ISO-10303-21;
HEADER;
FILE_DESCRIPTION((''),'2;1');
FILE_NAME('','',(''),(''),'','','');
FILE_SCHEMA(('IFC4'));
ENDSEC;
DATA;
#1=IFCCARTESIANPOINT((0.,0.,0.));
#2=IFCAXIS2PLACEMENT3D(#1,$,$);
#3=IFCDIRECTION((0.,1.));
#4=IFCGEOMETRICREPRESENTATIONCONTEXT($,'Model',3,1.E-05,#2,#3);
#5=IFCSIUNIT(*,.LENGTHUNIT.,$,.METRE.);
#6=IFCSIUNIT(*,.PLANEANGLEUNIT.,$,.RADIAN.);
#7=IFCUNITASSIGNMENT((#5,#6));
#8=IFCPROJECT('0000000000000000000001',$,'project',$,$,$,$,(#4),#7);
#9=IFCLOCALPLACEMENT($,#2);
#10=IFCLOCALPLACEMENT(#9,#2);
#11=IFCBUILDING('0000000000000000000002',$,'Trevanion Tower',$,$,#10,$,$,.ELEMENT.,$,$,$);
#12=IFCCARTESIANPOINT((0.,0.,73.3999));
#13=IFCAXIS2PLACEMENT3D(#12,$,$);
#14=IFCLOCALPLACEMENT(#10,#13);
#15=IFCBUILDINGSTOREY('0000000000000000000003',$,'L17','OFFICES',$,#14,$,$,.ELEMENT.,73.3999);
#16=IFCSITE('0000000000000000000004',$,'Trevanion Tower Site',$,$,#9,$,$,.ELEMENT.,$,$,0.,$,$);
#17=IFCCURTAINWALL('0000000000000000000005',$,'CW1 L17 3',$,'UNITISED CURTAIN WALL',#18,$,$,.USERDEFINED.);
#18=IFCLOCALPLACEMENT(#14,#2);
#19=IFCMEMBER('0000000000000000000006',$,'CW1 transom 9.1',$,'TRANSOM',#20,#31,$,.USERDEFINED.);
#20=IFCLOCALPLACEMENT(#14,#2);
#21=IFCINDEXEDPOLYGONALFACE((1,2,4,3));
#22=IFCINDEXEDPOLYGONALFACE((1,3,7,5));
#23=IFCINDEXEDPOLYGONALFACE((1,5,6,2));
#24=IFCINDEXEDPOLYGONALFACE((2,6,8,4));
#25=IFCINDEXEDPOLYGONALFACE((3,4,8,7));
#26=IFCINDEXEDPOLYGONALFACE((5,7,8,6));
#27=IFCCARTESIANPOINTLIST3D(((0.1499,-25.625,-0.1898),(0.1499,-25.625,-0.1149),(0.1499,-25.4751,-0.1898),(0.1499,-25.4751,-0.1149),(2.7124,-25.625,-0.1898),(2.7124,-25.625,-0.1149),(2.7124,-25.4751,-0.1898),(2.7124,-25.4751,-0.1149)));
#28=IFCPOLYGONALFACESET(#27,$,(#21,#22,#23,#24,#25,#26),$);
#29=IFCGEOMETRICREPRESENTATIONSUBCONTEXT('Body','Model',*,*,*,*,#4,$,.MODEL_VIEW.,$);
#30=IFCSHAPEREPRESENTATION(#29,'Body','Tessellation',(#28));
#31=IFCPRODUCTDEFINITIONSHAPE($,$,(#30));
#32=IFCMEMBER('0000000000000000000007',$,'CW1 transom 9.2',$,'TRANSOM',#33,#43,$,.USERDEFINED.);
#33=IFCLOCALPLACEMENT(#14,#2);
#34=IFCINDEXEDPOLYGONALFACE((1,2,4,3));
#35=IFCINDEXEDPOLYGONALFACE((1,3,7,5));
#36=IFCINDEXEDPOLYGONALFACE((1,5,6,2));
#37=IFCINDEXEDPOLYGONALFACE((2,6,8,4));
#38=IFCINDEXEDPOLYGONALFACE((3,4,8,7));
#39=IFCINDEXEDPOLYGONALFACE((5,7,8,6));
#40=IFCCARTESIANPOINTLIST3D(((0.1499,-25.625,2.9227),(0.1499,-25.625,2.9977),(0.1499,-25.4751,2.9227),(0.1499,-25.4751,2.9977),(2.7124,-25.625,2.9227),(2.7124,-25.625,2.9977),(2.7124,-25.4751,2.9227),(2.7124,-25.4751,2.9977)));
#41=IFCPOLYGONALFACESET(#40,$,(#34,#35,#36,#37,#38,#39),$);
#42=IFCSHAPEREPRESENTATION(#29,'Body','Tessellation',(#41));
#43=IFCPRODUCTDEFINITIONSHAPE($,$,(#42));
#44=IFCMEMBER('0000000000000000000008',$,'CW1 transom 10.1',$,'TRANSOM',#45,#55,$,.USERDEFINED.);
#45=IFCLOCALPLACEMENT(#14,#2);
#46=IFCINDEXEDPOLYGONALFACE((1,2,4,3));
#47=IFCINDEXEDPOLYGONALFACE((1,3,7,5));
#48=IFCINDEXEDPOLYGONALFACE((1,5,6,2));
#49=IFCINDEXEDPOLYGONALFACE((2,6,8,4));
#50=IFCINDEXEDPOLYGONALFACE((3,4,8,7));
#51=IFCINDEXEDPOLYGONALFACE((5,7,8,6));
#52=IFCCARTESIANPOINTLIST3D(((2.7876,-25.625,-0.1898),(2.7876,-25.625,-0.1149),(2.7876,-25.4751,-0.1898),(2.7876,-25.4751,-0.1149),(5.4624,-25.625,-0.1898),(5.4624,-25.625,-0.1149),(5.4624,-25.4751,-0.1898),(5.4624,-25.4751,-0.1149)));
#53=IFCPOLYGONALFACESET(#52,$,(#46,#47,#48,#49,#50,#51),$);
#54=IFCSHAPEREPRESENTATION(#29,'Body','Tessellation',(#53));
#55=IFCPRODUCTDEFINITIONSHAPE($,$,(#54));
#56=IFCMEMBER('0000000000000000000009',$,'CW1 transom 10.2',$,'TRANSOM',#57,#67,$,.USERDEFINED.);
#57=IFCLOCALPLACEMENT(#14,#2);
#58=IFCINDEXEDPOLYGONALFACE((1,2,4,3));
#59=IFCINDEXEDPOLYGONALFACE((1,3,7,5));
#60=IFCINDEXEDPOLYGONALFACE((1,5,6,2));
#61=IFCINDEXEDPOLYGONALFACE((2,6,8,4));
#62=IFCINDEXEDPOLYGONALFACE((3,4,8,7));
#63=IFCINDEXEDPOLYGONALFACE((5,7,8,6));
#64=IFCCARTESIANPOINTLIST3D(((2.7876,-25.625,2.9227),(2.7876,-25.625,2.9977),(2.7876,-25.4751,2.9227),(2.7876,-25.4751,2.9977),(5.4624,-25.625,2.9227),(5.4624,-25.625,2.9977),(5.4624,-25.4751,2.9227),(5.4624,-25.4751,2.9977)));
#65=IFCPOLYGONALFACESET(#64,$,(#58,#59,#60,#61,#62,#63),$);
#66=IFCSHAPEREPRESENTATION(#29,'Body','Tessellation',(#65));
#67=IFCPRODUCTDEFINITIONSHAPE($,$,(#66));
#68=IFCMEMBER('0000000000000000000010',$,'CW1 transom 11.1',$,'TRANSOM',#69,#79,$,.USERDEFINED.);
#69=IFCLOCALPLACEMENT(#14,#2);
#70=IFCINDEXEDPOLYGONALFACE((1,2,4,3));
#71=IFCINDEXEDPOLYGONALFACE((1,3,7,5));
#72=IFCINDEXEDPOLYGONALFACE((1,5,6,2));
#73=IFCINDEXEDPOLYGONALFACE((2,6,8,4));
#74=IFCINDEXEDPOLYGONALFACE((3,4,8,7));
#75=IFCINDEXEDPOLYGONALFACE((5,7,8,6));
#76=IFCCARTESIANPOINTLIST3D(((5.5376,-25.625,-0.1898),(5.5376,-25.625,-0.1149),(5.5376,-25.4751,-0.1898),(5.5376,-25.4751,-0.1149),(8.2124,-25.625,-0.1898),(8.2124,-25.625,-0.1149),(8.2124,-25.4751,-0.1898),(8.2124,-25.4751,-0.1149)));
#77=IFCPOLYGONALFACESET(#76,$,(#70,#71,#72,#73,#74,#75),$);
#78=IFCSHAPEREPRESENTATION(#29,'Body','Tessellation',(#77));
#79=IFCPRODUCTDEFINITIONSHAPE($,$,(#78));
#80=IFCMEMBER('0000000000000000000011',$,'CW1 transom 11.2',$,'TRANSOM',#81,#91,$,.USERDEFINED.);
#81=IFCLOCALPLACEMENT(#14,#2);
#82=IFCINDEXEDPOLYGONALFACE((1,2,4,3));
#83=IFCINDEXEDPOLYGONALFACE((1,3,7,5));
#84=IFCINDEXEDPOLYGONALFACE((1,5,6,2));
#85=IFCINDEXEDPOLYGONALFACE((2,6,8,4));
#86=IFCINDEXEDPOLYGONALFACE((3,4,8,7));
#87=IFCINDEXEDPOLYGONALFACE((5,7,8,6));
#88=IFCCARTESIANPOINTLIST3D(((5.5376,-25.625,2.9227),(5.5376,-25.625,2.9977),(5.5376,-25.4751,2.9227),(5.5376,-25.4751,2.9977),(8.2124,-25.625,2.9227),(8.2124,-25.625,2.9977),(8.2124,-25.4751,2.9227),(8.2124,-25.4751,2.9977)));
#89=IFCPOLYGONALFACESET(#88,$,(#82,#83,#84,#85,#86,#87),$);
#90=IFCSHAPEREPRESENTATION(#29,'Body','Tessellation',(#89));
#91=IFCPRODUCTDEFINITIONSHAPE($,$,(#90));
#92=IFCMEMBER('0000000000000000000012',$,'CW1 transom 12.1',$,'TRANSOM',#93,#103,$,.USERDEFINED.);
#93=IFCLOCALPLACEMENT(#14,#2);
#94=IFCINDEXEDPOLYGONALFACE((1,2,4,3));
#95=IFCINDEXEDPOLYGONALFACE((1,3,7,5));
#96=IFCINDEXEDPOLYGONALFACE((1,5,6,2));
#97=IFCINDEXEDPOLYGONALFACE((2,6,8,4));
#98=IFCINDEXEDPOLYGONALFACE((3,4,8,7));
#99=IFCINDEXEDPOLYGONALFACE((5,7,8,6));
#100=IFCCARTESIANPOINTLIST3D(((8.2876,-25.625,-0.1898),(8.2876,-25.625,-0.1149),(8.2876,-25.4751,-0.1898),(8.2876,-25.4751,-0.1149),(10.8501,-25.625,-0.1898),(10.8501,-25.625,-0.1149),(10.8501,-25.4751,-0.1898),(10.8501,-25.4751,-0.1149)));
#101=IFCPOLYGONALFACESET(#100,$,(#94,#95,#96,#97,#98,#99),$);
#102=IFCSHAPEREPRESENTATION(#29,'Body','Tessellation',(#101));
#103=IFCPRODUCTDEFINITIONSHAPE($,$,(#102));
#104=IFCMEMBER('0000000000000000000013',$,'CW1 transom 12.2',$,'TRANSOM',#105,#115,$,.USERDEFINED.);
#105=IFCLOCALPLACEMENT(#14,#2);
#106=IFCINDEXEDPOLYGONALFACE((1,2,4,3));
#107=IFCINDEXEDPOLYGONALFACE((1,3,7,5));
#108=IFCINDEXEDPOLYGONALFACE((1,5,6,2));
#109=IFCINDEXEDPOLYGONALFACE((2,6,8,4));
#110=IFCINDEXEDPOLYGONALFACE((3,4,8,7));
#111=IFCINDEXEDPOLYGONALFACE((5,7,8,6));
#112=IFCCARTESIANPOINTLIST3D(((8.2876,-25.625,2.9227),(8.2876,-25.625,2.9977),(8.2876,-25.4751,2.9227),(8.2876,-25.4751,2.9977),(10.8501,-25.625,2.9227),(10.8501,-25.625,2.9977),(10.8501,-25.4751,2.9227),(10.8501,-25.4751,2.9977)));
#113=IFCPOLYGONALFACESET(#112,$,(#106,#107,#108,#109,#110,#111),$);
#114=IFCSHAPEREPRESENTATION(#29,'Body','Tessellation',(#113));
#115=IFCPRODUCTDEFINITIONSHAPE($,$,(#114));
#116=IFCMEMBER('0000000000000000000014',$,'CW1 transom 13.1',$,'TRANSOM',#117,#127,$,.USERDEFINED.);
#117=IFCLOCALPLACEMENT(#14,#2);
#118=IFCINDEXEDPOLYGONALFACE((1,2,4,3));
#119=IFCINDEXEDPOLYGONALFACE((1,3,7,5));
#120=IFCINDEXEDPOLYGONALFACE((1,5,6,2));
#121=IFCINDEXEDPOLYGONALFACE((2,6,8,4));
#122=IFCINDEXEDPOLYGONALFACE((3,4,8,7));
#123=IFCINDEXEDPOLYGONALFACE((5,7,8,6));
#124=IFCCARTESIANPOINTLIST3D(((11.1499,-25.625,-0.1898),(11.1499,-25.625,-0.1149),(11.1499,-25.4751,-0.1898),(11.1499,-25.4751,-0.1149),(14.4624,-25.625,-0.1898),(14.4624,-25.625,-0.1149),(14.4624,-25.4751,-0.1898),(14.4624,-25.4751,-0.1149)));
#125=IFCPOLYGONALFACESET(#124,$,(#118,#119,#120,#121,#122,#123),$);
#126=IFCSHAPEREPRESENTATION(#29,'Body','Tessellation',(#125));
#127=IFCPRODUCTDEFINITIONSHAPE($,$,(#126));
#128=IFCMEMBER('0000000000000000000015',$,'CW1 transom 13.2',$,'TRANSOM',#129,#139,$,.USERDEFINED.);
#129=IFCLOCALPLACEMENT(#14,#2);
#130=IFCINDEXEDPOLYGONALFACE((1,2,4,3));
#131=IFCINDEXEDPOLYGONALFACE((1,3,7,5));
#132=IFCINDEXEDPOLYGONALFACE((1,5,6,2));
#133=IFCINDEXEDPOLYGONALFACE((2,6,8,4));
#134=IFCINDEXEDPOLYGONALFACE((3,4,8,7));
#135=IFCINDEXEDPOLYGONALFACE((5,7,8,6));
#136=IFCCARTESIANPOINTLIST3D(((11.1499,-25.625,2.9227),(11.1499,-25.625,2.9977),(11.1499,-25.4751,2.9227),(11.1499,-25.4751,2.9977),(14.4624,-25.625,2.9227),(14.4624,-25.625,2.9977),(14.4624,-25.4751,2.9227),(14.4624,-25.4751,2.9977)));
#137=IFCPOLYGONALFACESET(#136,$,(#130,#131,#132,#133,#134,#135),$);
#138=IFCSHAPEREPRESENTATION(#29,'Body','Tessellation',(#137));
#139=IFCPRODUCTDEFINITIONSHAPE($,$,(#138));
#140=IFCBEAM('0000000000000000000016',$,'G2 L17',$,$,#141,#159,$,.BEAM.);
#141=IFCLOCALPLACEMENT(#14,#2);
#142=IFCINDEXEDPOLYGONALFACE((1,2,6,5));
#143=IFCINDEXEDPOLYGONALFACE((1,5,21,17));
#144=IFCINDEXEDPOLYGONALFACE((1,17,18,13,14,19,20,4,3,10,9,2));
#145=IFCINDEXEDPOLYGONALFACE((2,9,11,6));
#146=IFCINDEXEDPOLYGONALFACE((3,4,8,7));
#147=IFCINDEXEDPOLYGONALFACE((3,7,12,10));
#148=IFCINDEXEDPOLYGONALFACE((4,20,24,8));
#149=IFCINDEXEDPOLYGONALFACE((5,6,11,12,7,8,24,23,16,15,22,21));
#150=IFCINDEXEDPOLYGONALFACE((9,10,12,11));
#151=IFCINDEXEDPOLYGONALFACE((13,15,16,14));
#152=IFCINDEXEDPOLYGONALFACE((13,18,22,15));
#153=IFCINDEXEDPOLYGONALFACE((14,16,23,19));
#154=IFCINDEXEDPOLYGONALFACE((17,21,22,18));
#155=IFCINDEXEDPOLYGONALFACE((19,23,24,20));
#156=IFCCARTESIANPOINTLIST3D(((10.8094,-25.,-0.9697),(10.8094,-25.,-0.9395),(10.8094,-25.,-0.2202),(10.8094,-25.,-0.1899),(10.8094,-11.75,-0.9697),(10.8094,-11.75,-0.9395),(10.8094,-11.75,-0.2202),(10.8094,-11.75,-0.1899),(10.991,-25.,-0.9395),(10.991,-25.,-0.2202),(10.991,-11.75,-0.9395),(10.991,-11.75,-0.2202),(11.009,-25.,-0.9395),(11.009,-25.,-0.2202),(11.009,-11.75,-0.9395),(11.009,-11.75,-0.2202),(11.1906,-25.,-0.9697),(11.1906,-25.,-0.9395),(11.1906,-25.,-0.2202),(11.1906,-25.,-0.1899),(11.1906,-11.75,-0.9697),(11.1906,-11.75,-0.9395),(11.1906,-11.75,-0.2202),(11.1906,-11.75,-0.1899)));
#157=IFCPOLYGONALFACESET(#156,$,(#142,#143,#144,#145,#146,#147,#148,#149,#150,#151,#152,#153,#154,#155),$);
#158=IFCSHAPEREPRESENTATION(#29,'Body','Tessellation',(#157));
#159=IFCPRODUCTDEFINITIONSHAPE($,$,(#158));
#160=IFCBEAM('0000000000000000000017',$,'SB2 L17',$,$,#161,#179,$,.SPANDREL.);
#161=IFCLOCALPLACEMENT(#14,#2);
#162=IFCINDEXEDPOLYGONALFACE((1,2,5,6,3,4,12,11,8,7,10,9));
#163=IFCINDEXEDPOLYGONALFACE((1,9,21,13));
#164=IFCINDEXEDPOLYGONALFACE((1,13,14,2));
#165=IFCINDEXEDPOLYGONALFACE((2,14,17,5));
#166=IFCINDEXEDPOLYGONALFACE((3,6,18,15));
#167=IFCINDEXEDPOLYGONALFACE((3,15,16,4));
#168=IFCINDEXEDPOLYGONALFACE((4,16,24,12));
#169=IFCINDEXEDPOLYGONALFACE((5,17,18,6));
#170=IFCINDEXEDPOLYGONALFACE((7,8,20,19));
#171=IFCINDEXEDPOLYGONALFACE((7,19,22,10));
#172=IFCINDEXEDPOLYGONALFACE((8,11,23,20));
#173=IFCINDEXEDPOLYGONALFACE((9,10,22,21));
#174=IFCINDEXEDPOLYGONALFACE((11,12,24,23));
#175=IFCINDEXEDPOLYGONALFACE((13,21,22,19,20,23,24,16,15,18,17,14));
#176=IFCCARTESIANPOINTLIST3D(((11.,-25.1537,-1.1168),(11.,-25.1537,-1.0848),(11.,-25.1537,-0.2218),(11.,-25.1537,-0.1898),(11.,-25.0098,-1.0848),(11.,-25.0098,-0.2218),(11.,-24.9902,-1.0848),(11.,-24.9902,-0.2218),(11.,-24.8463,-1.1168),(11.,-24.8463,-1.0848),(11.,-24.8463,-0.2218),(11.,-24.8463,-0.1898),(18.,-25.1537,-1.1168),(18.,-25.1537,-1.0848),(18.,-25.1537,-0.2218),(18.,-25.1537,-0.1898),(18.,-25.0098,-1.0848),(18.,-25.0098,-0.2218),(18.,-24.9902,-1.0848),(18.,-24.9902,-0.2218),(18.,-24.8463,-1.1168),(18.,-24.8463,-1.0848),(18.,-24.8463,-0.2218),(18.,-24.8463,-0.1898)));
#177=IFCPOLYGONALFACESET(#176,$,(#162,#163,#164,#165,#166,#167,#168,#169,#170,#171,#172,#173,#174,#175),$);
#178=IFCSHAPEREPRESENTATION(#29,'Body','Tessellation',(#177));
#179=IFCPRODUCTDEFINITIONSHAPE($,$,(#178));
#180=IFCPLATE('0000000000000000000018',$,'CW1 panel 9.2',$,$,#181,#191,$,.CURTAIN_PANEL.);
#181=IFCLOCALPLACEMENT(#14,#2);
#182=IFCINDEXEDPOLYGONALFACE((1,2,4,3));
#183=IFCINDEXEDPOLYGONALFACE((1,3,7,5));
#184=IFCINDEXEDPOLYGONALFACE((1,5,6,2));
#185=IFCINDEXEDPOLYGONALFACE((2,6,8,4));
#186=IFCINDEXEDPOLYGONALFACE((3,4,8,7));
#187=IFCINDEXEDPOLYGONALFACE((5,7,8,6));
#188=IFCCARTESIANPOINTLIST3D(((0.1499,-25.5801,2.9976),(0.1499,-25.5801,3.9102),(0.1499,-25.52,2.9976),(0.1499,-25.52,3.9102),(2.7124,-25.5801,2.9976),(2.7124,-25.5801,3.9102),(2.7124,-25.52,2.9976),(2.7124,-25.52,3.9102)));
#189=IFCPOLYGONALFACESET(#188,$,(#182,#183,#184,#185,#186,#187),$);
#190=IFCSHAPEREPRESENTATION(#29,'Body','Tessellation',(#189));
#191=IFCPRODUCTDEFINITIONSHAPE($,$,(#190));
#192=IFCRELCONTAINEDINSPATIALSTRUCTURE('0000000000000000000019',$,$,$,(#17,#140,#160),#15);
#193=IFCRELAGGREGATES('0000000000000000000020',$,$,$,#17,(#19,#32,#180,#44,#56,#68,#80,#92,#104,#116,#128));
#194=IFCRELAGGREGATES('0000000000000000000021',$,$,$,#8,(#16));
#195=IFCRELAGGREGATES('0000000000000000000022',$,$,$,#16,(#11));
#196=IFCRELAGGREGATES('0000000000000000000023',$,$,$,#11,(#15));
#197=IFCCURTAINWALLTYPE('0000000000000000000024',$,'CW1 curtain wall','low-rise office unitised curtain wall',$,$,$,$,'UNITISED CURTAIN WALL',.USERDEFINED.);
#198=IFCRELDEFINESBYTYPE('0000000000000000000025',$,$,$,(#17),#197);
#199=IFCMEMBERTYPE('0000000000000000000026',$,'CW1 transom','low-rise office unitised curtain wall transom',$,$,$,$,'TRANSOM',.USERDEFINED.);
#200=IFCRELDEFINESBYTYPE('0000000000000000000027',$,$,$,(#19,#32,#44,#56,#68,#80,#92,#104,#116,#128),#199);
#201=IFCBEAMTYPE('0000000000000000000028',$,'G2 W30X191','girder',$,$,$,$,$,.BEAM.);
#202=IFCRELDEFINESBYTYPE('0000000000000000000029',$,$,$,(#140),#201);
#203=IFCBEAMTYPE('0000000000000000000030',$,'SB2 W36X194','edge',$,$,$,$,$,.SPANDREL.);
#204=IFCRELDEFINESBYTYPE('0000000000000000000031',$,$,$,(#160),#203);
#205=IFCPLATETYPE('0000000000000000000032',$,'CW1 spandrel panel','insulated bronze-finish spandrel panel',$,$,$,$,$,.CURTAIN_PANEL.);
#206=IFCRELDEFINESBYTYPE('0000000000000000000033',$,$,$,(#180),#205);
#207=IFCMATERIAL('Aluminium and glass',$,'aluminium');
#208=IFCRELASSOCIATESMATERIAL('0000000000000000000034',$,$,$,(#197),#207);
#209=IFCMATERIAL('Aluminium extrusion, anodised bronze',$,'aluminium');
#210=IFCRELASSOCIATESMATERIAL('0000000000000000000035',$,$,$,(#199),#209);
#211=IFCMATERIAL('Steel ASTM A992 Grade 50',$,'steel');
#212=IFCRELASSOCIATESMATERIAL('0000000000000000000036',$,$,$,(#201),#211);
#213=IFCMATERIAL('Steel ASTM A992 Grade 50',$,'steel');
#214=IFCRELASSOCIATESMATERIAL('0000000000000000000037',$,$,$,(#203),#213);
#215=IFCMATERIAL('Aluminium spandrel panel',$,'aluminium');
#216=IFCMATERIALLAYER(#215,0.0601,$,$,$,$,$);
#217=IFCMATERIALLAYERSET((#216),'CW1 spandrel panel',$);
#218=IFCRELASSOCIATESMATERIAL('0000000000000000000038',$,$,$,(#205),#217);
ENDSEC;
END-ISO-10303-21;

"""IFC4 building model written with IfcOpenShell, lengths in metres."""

from ifc_helpers import new_model, si_unit, direction, frame, origin, origin_2d, place, context, subcontext, project, spatial, rectangle, i_section, extrude, material, layer, layer_set, material_profile, profile_set, type_object, element, aggregate, save


model = new_model("IFC4")

# Units and contexts
model_context = context("Model", 3, precision=1e-05, world=origin(), true_north=direction((0.0, 1.0)))
body_context = subcontext(model_context, "Body", "Model", "MODEL_VIEW")
ifc_project = project(units=[si_unit("LENGTHUNIT", "METRE"), si_unit("PLANEANGLEUNIT", "RADIAN")], contexts=[model_context])

# Site, building, storey
site_placement = place(None, origin())
site = spatial("IfcSite", under=ifc_project, at=site_placement, Name="Trevanion Tower Site", CompositionType="ELEMENT", RefElevation=0.0)
building_placement = place(site_placement, origin())
building = spatial("IfcBuilding", under=site, at=building_placement, Name="Trevanion Tower", CompositionType="ELEMENT")
storey_placement = place(building_placement, frame((0.0, 0.0, 73.3999)))
storey = spatial("IfcBuildingStorey", under=building, at=storey_placement, Name="L17", Description="OFFICES", CompositionType="ELEMENT", Elevation=73.3999)

# Curtain wall, members
ifc_material_1 = material(Name="Aluminium and glass", Category="aluminium")
curtain_wall_type = type_object("IfcCurtainWallType", Name="CW1 curtain wall", Description="low-rise office unitised curtain wall", ElementType="UNITISED CURTAIN WALL", PredefinedType="USERDEFINED", material=ifc_material_1)
curtain_wall_placement = place(storey_placement, origin())
curtain_wall = element("IfcCurtainWall", 1, at=curtain_wall_placement, inside=storey, type_object=curtain_wall_type, Name="CW1 L17 3", ObjectType="UNITISED CURTAIN WALL", PredefinedType="USERDEFINED")
ifc_material_2 = material(Name="Aluminium extrusion, anodised bronze", Category="aluminium")
ifc_material_profile_1 = material_profile(ifc_material_2, rectangle(XDim=0.1499, YDim=0.075, at=origin_2d()), Name="CW1 transom")
ifc_profile_set_1 = profile_set([ifc_material_profile_1], Name="Aluminium extrusion, anodised bronze")
member_type_1 = type_object("IfcMemberType", Name="CW1 transom", Description="low-rise office unitised curtain wall transom", ElementType="TRANSOM", PredefinedType="USERDEFINED", material=ifc_profile_set_1)
member_1_placement = place(storey_placement, frame((0.1499, -25.55, -0.1523), z_axis=(1.0, 0.0, 0.0), x_axis=(0.0, 1.0, 0.0)))
member_1 = element("IfcMember", 2, at=member_1_placement, type_object=member_type_1, Name="CW1 transom 9.1", ObjectType="TRANSOM", PredefinedType="USERDEFINED", context=body_context, shape_type="SweptSolid", body=[
    extrude(rectangle(XDim=0.1499, YDim=0.075, at=origin_2d()), origin(), (0.0, 0.0, 1.0), 2.5625),
])
member_2_placement = place(storey_placement, frame((0.1499, -25.55, 2.9602), z_axis=(1.0, 0.0, 0.0), x_axis=(0.0, 1.0, 0.0)))
member_2 = element("IfcMember", 3, at=member_2_placement, type_object=member_type_1, Name="CW1 transom 9.2", ObjectType="TRANSOM", PredefinedType="USERDEFINED", context=body_context, shape_type="SweptSolid", body=[
    extrude(rectangle(XDim=0.1499, YDim=0.075, at=origin_2d()), origin(), (0.0, 0.0, 1.0), 2.5625),
])
member_3_placement = place(storey_placement, frame((2.7876, -25.55, -0.1523), z_axis=(1.0, 0.0, 0.0), x_axis=(0.0, 1.0, 0.0)))
member_3 = element("IfcMember", 4, at=member_3_placement, type_object=member_type_1, Name="CW1 transom 10.1", ObjectType="TRANSOM", PredefinedType="USERDEFINED", context=body_context, shape_type="SweptSolid", body=[
    extrude(rectangle(XDim=0.1499, YDim=0.075, at=origin_2d()), origin(), (0.0, 0.0, 1.0), 2.6748),
])
member_4_placement = place(storey_placement, frame((2.7876, -25.55, 2.9602), z_axis=(1.0, 0.0, 0.0), x_axis=(0.0, 1.0, 0.0)))
member_4 = element("IfcMember", 5, at=member_4_placement, type_object=member_type_1, Name="CW1 transom 10.2", ObjectType="TRANSOM", PredefinedType="USERDEFINED", context=body_context, shape_type="SweptSolid", body=[
    extrude(rectangle(XDim=0.1499, YDim=0.075, at=origin_2d()), origin(), (0.0, 0.0, 1.0), 2.6748),
])
member_5_placement = place(storey_placement, frame((5.5376, -25.55, -0.1523), z_axis=(1.0, 0.0, 0.0), x_axis=(0.0, 1.0, 0.0)))
member_5 = element("IfcMember", 6, at=member_5_placement, type_object=member_type_1, Name="CW1 transom 11.1", ObjectType="TRANSOM", PredefinedType="USERDEFINED", context=body_context, shape_type="SweptSolid", body=[
    extrude(rectangle(XDim=0.1499, YDim=0.075, at=origin_2d()), origin(), (0.0, 0.0, 1.0), 2.6748),
])
member_6_placement = place(storey_placement, frame((5.5376, -25.55, 2.9602), z_axis=(1.0, 0.0, 0.0), x_axis=(0.0, 1.0, 0.0)))
member_6 = element("IfcMember", 7, at=member_6_placement, type_object=member_type_1, Name="CW1 transom 11.2", ObjectType="TRANSOM", PredefinedType="USERDEFINED", context=body_context, shape_type="SweptSolid", body=[
    extrude(rectangle(XDim=0.1499, YDim=0.075, at=origin_2d()), origin(), (0.0, 0.0, 1.0), 2.6748),
])
member_7_placement = place(storey_placement, frame((8.2876, -25.55, -0.1523), z_axis=(1.0, 0.0, 0.0), x_axis=(0.0, 1.0, 0.0)))
member_7 = element("IfcMember", 8, at=member_7_placement, type_object=member_type_1, Name="CW1 transom 12.1", ObjectType="TRANSOM", PredefinedType="USERDEFINED", context=body_context, shape_type="SweptSolid", body=[
    extrude(rectangle(XDim=0.1499, YDim=0.075, at=origin_2d()), origin(), (0.0, 0.0, 1.0), 2.5625),
])
member_8_placement = place(storey_placement, frame((8.2876, -25.55, 2.9602), z_axis=(1.0, 0.0, 0.0), x_axis=(0.0, 1.0, 0.0)))
member_8 = element("IfcMember", 9, at=member_8_placement, type_object=member_type_1, Name="CW1 transom 12.2", ObjectType="TRANSOM", PredefinedType="USERDEFINED", context=body_context, shape_type="SweptSolid", body=[
    extrude(rectangle(XDim=0.1499, YDim=0.075, at=origin_2d()), origin(), (0.0, 0.0, 1.0), 2.5625),
])
member_9_placement = place(storey_placement, frame((11.1499, -25.55, -0.1523), z_axis=(1.0, 0.0, 0.0), x_axis=(0.0, 1.0, 0.0)))
member_9 = element("IfcMember", 10, at=member_9_placement, type_object=member_type_1, Name="CW1 transom 13.1", ObjectType="TRANSOM", PredefinedType="USERDEFINED", context=body_context, shape_type="SweptSolid", body=[
    extrude(rectangle(XDim=0.1499, YDim=0.075, at=origin_2d()), origin(), (0.0, 0.0, 1.0), 3.3125),
])
member_10_placement = place(storey_placement, frame((11.1499, -25.55, 2.9602), z_axis=(1.0, 0.0, 0.0), x_axis=(0.0, 1.0, 0.0)))
member_10 = element("IfcMember", 11, at=member_10_placement, type_object=member_type_1, Name="CW1 transom 13.2", ObjectType="TRANSOM", PredefinedType="USERDEFINED", context=body_context, shape_type="SweptSolid", body=[
    extrude(rectangle(XDim=0.1499, YDim=0.075, at=origin_2d()), origin(), (0.0, 0.0, 1.0), 3.3125),
])

# Beams
ifc_material_3 = material(Name="Steel ASTM A992 Grade 50", Category="steel")
ifc_material_profile_2 = material_profile(ifc_material_3, i_section(OverallWidth=0.3811, OverallDepth=0.7798, WebThickness=0.0181, FlangeThickness=0.0303, at=origin_2d()), Name="W30X191")
ifc_profile_set_2 = profile_set([ifc_material_profile_2], Name="Steel ASTM A992 Grade 50")
beam_type_1 = type_object("IfcBeamType", Name="G2 W30X191", Description="girder", PredefinedType="BEAM", material=ifc_profile_set_2)
beam_1_placement = place(storey_placement, frame((11.0, -11.75, -0.5798), z_axis=(0.0, -1.0, 0.0), x_axis=(1.0, 0.0, 0.0)))
element("IfcBeam", 12, at=beam_1_placement, inside=storey, type_object=beam_type_1, Name="G2 L17", PredefinedType="BEAM", context=body_context, shape_type="SweptSolid", body=[
    extrude(i_section(OverallWidth=0.3811, OverallDepth=0.7798, WebThickness=0.0181, FlangeThickness=0.0303, at=origin_2d()), origin(), (0.0, 0.0, 1.0), 13.25),
])
ifc_material_4 = material(Name="Steel ASTM A992 Grade 50", Category="steel")
ifc_material_profile_3 = material_profile(ifc_material_4, i_section(OverallWidth=0.3074, OverallDepth=0.927, WebThickness=0.0195, FlangeThickness=0.032, at=origin_2d()), Name="W36X194")
ifc_profile_set_3 = profile_set([ifc_material_profile_3], Name="Steel ASTM A992 Grade 50")
beam_type_2 = type_object("IfcBeamType", Name="SB2 W36X194", Description="edge", PredefinedType="SPANDREL", material=ifc_profile_set_3)
beam_2_placement = place(storey_placement, frame((11.0, -25.0, -0.6533), z_axis=(1.0, 0.0, 0.0), x_axis=(0.0, 1.0, 0.0)))
element("IfcBeam", 13, at=beam_2_placement, inside=storey, type_object=beam_type_2, Name="SB2 L17", PredefinedType="SPANDREL", context=body_context, shape_type="SweptSolid", body=[
    extrude(i_section(OverallWidth=0.3074, OverallDepth=0.927, WebThickness=0.0195, FlangeThickness=0.032, at=origin_2d()), origin(), (0.0, 0.0, 1.0), 7.0),
])

# Plate
ifc_material_5 = material(Name="Aluminium spandrel panel", Category="aluminium")
ifc_layer_1 = layer(ifc_material_5, 0.0601)
ifc_layer_set_1 = layer_set([ifc_layer_1], Name="CW1 spandrel panel")
plate_type_1 = type_object("IfcPlateType", Name="CW1 spandrel panel", Description="insulated bronze-finish spandrel panel", PredefinedType="CURTAIN_PANEL", material=ifc_layer_set_1)
plate_1_placement = place(storey_placement, frame((1.4312, -25.55, 2.9976), z_axis=(0.0, 0.0, 1.0), x_axis=(1.0, 0.0, 0.0)))
plate_1 = element("IfcPlate", 14, at=plate_1_placement, type_object=plate_type_1, Name="CW1 panel 9.2", PredefinedType="CURTAIN_PANEL", context=body_context, shape_type="SweptSolid", body=[
    extrude(rectangle(XDim=2.5625, YDim=0.0601, at=origin_2d()), origin(), (0.0, 0.0, 1.0), 0.9126),
])
aggregate(curtain_wall, [member_1, member_2, plate_1, member_3, member_4, member_5, member_6, member_7, member_8, member_9, member_10])

save(model, "model.ifc")
